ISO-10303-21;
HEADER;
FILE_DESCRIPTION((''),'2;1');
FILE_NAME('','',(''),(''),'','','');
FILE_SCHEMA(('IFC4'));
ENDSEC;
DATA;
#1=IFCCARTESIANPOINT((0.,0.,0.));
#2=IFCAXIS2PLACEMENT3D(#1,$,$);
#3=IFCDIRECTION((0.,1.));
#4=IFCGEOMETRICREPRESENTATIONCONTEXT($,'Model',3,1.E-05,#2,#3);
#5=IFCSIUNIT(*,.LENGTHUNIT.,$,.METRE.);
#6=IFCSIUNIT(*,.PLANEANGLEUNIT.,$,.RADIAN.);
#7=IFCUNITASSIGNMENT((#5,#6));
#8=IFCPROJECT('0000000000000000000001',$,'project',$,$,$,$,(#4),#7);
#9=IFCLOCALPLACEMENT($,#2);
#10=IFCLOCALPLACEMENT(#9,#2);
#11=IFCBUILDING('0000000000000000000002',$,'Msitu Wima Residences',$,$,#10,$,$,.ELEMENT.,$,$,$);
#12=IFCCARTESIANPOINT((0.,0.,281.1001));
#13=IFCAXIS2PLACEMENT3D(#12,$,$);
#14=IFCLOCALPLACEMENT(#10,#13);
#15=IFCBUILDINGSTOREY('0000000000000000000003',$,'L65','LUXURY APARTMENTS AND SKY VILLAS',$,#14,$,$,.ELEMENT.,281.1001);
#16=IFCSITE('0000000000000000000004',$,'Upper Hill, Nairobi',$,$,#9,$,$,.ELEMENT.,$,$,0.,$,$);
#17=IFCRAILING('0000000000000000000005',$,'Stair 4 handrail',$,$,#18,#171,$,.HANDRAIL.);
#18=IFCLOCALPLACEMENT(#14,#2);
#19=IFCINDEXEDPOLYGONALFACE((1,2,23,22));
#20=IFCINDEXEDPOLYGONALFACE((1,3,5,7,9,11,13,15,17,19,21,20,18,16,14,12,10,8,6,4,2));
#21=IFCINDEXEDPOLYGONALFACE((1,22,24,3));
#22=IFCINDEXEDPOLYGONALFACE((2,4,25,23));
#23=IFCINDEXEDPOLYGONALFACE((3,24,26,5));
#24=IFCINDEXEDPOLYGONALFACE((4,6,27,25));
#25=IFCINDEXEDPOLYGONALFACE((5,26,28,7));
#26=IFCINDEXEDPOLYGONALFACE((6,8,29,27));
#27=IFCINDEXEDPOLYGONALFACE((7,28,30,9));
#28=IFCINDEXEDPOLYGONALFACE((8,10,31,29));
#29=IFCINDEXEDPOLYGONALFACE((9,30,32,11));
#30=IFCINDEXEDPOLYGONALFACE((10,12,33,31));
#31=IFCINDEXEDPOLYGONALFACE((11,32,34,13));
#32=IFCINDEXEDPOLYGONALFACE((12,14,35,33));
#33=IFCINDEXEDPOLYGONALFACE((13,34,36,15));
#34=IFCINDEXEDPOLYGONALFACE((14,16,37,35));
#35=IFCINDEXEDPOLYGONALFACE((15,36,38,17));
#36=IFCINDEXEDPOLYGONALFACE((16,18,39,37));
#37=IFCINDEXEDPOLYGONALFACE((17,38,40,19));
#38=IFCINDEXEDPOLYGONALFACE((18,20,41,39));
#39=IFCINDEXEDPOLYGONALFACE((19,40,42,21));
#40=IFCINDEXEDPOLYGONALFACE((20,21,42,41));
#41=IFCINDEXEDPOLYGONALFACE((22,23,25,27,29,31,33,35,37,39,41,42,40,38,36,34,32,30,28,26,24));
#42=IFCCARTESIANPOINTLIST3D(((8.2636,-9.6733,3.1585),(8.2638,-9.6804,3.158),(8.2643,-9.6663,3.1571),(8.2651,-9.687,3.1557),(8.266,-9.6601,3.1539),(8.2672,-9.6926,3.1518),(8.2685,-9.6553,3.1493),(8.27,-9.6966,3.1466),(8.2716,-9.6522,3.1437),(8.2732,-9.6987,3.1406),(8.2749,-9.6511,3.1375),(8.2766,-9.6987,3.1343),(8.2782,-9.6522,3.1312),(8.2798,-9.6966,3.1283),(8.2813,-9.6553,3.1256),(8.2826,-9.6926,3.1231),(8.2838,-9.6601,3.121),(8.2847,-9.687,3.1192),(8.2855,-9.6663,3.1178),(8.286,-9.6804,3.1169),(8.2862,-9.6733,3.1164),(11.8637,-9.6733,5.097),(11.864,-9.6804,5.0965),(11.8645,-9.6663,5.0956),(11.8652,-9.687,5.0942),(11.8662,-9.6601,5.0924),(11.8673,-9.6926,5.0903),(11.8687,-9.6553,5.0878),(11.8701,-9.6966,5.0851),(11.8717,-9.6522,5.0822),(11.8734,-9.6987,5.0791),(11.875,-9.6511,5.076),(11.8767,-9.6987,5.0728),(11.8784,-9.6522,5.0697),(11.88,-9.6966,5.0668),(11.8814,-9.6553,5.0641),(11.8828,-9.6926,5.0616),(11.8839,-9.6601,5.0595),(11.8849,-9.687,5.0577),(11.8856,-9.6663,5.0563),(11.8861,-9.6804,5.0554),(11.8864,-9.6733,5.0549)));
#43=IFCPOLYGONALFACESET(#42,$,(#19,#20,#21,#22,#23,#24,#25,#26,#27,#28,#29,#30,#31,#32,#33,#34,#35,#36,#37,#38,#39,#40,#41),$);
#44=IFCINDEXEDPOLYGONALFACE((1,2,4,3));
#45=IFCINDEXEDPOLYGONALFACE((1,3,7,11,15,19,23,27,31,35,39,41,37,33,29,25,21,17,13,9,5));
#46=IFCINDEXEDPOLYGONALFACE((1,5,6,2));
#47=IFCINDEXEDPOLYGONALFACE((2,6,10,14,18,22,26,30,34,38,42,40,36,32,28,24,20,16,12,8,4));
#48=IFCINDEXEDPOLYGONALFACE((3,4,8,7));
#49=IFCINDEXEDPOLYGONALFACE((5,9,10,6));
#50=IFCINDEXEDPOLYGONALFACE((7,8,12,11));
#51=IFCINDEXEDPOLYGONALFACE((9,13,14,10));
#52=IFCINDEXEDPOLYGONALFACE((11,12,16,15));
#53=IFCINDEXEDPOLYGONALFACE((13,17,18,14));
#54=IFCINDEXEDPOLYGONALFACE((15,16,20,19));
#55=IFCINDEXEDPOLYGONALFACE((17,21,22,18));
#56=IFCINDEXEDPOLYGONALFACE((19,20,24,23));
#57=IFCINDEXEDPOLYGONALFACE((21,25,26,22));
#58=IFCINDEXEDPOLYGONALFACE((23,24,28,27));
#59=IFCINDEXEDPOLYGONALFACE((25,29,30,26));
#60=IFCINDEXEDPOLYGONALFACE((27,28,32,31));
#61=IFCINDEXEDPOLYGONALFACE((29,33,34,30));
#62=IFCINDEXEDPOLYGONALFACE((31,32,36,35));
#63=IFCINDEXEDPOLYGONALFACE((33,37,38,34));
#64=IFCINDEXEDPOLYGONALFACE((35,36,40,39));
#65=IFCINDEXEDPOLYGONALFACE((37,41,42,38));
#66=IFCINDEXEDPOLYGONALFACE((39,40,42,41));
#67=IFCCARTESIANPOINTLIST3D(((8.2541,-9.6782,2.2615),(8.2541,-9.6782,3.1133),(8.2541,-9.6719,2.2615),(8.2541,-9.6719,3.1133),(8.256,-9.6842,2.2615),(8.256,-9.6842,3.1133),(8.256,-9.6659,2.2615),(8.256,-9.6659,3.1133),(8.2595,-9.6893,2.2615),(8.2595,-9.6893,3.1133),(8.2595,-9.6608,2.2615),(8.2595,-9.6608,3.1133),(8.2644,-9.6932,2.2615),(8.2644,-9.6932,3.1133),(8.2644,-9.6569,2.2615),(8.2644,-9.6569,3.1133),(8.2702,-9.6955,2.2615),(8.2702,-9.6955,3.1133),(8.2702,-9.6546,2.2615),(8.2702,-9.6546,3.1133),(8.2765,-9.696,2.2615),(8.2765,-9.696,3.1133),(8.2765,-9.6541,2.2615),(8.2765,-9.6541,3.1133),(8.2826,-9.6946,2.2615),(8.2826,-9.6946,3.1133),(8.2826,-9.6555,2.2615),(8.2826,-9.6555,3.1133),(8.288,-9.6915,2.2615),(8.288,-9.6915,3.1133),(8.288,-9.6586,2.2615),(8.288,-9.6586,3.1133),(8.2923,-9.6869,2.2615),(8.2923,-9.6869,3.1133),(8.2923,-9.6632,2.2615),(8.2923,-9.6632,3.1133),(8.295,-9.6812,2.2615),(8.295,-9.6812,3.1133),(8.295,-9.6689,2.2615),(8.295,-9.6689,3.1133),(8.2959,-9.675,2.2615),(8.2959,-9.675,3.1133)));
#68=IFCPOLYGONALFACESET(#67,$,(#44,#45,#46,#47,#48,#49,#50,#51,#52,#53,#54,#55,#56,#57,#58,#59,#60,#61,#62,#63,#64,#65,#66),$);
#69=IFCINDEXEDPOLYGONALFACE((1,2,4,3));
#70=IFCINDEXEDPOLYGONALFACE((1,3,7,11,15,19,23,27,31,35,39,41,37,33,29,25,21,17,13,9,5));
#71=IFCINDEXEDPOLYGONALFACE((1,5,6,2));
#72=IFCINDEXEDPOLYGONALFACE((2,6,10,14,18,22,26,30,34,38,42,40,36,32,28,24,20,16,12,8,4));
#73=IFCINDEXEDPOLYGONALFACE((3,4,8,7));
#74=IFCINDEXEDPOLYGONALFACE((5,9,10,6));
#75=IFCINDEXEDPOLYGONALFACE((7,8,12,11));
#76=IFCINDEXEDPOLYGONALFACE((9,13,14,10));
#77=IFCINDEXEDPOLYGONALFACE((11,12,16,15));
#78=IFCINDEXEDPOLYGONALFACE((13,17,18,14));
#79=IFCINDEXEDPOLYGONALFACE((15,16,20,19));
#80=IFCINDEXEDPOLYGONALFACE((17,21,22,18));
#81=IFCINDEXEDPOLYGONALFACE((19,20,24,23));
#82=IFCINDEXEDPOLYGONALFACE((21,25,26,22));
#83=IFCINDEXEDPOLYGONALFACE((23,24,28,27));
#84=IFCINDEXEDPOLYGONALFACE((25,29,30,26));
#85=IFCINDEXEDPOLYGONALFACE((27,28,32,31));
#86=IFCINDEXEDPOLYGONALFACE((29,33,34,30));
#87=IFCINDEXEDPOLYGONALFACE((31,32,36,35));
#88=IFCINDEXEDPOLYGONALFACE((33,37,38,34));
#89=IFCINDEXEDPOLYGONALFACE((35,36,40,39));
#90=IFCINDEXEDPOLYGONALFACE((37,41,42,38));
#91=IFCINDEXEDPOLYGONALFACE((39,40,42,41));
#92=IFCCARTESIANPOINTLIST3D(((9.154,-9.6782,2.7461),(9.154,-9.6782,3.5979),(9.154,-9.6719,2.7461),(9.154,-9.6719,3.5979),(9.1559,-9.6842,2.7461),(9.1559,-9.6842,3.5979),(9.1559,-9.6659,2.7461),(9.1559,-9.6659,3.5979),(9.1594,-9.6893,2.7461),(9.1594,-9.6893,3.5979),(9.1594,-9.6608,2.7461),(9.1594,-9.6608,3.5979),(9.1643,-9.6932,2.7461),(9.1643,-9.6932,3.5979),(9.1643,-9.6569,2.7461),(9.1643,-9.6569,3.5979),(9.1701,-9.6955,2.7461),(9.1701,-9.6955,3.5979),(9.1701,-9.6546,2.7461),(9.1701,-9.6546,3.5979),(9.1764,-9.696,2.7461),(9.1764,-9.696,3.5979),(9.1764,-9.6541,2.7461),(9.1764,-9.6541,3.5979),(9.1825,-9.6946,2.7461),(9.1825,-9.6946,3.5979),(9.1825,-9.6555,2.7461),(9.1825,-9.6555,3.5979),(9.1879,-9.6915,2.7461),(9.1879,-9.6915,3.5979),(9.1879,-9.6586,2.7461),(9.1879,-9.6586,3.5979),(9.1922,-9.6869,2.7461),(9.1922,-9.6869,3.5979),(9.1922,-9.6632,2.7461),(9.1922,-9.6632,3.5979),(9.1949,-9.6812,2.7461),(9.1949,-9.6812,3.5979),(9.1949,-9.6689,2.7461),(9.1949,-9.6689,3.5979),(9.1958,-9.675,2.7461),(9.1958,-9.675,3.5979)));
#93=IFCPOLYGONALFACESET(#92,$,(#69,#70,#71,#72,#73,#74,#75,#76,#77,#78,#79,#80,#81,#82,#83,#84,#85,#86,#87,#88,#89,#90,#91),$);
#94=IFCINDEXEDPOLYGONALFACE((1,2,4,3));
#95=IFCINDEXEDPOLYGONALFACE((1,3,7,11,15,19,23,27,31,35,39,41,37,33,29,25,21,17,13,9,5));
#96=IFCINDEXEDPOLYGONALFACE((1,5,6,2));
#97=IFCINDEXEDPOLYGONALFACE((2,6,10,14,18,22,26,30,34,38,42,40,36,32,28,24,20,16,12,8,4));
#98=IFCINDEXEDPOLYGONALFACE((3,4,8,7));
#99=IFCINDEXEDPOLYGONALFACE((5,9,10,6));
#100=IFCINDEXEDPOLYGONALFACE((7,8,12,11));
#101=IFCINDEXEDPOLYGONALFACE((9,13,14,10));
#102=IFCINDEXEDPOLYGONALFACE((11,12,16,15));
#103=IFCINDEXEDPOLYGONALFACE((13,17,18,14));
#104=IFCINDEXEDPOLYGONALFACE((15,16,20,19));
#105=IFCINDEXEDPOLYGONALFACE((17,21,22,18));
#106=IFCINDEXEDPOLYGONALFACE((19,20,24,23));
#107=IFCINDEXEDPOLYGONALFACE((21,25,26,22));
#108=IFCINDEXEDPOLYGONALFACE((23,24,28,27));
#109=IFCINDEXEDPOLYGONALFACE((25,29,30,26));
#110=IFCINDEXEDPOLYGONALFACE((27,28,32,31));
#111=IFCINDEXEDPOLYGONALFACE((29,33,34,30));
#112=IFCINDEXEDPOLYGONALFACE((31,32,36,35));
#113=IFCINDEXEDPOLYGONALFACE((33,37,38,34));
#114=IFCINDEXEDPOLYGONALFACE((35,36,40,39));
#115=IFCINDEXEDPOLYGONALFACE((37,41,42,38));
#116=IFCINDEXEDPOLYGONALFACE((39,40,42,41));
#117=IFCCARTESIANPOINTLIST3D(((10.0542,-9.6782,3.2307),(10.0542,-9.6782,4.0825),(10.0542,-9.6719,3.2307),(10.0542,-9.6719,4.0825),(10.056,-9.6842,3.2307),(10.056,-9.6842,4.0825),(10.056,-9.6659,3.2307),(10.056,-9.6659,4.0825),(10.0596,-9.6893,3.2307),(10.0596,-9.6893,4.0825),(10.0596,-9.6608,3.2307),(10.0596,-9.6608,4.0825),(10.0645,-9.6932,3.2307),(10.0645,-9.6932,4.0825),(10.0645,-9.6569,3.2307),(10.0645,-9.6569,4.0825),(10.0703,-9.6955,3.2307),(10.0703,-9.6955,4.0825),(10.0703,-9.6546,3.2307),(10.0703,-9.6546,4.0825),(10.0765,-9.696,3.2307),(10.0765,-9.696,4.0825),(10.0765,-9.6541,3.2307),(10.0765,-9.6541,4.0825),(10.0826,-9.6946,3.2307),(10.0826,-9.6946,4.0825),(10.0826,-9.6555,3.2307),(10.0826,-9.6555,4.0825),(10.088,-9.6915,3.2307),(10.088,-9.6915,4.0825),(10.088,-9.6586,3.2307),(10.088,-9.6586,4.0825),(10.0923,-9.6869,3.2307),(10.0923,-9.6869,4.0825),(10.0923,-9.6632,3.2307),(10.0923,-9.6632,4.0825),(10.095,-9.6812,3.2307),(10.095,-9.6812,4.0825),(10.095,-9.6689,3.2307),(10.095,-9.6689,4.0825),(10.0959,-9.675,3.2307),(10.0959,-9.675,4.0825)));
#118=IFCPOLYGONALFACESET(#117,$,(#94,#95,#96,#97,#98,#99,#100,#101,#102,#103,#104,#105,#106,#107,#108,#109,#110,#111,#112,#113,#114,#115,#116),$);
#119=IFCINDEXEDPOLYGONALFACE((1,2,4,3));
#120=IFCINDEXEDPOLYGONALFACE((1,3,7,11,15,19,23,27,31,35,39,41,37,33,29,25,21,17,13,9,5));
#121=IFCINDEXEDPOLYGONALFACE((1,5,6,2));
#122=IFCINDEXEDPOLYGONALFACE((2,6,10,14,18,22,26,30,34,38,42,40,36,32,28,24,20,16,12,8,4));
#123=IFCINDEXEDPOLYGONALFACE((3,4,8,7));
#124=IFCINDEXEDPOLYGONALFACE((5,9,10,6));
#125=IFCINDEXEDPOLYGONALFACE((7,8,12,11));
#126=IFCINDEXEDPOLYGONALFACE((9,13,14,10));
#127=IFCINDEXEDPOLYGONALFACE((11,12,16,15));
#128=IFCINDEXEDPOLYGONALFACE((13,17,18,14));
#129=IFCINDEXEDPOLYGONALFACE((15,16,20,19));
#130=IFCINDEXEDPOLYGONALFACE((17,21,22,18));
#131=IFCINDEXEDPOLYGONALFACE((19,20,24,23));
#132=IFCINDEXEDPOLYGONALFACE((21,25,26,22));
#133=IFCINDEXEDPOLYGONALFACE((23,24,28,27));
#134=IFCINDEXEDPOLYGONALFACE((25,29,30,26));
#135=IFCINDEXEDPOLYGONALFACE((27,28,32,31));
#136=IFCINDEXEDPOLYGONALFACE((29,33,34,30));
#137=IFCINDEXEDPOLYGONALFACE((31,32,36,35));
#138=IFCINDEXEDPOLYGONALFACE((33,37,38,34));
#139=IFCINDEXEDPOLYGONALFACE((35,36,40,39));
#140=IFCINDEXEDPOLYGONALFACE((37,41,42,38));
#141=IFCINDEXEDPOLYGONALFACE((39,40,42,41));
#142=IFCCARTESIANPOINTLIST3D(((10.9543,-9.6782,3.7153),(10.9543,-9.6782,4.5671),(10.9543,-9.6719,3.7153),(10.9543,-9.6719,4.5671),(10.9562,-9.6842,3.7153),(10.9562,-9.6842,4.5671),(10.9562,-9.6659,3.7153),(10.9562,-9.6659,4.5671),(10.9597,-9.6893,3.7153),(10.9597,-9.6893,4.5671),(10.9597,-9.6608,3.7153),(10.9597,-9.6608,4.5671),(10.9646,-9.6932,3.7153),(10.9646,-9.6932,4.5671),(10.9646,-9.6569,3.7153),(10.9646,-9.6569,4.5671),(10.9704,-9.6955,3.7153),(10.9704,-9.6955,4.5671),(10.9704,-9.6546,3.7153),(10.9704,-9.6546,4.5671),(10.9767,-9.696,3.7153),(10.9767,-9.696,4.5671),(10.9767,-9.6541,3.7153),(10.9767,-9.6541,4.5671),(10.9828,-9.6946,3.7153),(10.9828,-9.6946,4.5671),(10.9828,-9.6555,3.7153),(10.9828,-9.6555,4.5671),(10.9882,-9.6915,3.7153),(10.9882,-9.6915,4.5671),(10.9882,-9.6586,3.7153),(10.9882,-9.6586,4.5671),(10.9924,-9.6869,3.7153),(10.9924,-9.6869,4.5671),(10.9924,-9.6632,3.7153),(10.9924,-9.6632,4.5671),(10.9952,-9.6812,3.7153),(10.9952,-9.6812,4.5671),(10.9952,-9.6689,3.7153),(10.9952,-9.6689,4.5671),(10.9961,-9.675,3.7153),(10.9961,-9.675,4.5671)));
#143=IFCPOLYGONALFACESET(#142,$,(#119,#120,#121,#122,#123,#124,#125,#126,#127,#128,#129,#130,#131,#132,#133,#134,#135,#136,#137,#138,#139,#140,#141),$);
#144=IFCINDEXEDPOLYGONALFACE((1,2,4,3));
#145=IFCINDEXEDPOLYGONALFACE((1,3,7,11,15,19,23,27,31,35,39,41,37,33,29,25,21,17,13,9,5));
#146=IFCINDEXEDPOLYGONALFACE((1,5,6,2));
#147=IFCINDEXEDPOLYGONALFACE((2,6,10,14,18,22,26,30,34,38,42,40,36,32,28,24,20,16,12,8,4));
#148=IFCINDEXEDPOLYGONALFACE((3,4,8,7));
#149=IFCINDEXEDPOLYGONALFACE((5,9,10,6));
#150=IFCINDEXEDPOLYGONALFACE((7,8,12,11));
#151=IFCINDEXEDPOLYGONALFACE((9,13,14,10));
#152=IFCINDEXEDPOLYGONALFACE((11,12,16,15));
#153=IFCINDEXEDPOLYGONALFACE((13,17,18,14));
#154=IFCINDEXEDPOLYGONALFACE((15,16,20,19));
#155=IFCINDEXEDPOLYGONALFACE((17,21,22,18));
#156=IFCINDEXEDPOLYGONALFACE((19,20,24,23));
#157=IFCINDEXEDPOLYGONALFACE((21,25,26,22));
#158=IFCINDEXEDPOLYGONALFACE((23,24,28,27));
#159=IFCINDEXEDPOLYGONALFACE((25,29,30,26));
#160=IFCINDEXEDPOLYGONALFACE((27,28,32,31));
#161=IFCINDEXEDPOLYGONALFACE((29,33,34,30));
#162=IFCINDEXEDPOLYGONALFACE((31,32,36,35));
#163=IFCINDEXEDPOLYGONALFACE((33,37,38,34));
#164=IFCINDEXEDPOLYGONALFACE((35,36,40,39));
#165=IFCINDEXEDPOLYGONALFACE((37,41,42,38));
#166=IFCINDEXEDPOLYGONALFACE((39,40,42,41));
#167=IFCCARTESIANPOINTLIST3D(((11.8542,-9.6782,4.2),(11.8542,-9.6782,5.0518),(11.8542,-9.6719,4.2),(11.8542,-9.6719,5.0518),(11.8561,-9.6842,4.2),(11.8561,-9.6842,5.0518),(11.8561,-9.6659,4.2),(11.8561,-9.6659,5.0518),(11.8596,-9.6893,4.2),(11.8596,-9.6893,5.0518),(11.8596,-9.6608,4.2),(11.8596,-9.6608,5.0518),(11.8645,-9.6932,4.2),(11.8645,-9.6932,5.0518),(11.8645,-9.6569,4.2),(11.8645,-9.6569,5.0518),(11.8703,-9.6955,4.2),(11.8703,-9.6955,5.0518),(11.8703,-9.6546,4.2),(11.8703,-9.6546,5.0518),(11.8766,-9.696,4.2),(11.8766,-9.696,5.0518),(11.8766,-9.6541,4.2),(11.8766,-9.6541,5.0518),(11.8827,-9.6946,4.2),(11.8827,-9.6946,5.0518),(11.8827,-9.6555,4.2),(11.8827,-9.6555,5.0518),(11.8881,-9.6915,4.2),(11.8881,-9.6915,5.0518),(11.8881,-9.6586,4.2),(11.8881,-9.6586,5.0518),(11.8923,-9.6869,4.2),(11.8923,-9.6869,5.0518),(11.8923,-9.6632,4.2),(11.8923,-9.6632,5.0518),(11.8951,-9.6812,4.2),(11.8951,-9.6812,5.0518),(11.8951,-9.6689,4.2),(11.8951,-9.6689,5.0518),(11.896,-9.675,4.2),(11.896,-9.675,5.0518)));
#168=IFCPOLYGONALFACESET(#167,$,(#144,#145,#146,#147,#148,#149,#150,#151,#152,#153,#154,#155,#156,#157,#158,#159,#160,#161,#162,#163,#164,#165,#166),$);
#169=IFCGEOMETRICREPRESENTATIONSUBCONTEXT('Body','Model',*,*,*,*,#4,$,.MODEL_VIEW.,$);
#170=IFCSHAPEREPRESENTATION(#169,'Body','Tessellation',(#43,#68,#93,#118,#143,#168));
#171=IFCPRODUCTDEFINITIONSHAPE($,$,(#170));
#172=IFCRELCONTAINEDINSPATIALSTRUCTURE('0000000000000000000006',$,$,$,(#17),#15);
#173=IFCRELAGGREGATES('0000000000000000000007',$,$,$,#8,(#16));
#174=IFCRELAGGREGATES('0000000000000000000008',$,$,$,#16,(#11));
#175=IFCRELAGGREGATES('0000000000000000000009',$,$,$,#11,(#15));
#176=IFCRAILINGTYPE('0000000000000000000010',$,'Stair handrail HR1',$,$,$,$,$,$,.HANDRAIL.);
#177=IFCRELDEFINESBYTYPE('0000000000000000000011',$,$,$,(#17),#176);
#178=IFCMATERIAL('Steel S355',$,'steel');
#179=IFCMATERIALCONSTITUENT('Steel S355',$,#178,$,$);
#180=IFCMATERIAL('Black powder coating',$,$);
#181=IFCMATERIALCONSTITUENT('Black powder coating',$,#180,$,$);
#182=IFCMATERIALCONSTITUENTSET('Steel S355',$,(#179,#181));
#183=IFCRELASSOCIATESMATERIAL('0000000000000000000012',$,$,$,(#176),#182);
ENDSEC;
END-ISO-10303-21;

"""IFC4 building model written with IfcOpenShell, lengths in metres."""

from ifc_helpers import new_model, si_unit, direction, frame, origin, origin_2d, place, context, subcontext, project, spatial, circle, extrude, material, constituent, constituent_set, type_object, element, save


model = new_model("IFC4")

# Units and contexts
model_context = context("Model", 3, precision=1e-05, world=origin(), true_north=direction((0.0, 1.0)))
body_context = subcontext(model_context, "Body", "Model", "MODEL_VIEW")
ifc_project = project(units=[si_unit("LENGTHUNIT", "METRE"), si_unit("PLANEANGLEUNIT", "RADIAN")], contexts=[model_context])

# Site, building, storey
site_placement = place(None, origin())
site = spatial("IfcSite", under=ifc_project, at=site_placement, Name="Upper Hill, Nairobi", CompositionType="ELEMENT", RefElevation=0.0)
building_placement = place(site_placement, origin())
building = spatial("IfcBuilding", under=site, at=building_placement, Name="Msitu Wima Residences", CompositionType="ELEMENT")
storey_placement = place(building_placement, frame((0.0, 0.0, 281.1001)))
storey = spatial("IfcBuildingStorey", under=building, at=storey_placement, Name="L65", Description="LUXURY APARTMENTS AND SKY VILLAS", CompositionType="ELEMENT", Elevation=281.1001)

# Railing
ifc_material_1 = material(Name="Steel S355", Category="steel")
ifc_constituent_1 = constituent(ifc_material_1, Name="Steel S355")
ifc_material_2 = material(Name="Black powder coating")
ifc_constituent_2 = constituent(ifc_material_2, Name="Black powder coating")
ifc_constituent_set = constituent_set(constituents=[ifc_constituent_1, ifc_constituent_2], Name="Steel S355")
railing_type = type_object("IfcRailingType", Name="Stair handrail HR1", PredefinedType="HANDRAIL", material=ifc_constituent_set)
for number, where, name in (
    (1, (8.2749, -9.675, 2.2615), "Stair 4 handrail"),
):
    element("IfcRailing", number, at=place(storey_placement, frame(where)), inside=storey, type_object=railing_type, Name=name, PredefinedType="HANDRAIL", context=body_context, shape_type="SweptSolid", body=[
        extrude(circle(Radius=0.0239, at=origin_2d()), frame((0.0, 0.0, 0.876), z_axis=(0.880475, 0.0, 0.474093), x_axis=(0.0, 1.0, 0.0)), (0.0, 0.0, 1.0), 4.0889),
        extrude(circle(Radius=0.021, at=origin_2d()), origin(), (0.0, 0.0, 1.0), 0.8518),
        extrude(circle(Radius=0.021, at=origin_2d()), frame((0.8999, 0.0, 0.4846)), (0.0, 0.0, 1.0), 0.8518),
        extrude(circle(Radius=0.021, at=origin_2d()), frame((1.8, 0.0, 0.9692)), (0.0, 0.0, 1.0), 0.8518),
        extrude(circle(Radius=0.021, at=origin_2d()), frame((2.7002, 0.0, 1.4539)), (0.0, 0.0, 1.0), 0.8518),
        extrude(circle(Radius=0.021, at=origin_2d()), frame((3.6001, 0.0, 1.9385)), (0.0, 0.0, 1.0), 0.8518),
    ])

save(model, "model.ifc")
